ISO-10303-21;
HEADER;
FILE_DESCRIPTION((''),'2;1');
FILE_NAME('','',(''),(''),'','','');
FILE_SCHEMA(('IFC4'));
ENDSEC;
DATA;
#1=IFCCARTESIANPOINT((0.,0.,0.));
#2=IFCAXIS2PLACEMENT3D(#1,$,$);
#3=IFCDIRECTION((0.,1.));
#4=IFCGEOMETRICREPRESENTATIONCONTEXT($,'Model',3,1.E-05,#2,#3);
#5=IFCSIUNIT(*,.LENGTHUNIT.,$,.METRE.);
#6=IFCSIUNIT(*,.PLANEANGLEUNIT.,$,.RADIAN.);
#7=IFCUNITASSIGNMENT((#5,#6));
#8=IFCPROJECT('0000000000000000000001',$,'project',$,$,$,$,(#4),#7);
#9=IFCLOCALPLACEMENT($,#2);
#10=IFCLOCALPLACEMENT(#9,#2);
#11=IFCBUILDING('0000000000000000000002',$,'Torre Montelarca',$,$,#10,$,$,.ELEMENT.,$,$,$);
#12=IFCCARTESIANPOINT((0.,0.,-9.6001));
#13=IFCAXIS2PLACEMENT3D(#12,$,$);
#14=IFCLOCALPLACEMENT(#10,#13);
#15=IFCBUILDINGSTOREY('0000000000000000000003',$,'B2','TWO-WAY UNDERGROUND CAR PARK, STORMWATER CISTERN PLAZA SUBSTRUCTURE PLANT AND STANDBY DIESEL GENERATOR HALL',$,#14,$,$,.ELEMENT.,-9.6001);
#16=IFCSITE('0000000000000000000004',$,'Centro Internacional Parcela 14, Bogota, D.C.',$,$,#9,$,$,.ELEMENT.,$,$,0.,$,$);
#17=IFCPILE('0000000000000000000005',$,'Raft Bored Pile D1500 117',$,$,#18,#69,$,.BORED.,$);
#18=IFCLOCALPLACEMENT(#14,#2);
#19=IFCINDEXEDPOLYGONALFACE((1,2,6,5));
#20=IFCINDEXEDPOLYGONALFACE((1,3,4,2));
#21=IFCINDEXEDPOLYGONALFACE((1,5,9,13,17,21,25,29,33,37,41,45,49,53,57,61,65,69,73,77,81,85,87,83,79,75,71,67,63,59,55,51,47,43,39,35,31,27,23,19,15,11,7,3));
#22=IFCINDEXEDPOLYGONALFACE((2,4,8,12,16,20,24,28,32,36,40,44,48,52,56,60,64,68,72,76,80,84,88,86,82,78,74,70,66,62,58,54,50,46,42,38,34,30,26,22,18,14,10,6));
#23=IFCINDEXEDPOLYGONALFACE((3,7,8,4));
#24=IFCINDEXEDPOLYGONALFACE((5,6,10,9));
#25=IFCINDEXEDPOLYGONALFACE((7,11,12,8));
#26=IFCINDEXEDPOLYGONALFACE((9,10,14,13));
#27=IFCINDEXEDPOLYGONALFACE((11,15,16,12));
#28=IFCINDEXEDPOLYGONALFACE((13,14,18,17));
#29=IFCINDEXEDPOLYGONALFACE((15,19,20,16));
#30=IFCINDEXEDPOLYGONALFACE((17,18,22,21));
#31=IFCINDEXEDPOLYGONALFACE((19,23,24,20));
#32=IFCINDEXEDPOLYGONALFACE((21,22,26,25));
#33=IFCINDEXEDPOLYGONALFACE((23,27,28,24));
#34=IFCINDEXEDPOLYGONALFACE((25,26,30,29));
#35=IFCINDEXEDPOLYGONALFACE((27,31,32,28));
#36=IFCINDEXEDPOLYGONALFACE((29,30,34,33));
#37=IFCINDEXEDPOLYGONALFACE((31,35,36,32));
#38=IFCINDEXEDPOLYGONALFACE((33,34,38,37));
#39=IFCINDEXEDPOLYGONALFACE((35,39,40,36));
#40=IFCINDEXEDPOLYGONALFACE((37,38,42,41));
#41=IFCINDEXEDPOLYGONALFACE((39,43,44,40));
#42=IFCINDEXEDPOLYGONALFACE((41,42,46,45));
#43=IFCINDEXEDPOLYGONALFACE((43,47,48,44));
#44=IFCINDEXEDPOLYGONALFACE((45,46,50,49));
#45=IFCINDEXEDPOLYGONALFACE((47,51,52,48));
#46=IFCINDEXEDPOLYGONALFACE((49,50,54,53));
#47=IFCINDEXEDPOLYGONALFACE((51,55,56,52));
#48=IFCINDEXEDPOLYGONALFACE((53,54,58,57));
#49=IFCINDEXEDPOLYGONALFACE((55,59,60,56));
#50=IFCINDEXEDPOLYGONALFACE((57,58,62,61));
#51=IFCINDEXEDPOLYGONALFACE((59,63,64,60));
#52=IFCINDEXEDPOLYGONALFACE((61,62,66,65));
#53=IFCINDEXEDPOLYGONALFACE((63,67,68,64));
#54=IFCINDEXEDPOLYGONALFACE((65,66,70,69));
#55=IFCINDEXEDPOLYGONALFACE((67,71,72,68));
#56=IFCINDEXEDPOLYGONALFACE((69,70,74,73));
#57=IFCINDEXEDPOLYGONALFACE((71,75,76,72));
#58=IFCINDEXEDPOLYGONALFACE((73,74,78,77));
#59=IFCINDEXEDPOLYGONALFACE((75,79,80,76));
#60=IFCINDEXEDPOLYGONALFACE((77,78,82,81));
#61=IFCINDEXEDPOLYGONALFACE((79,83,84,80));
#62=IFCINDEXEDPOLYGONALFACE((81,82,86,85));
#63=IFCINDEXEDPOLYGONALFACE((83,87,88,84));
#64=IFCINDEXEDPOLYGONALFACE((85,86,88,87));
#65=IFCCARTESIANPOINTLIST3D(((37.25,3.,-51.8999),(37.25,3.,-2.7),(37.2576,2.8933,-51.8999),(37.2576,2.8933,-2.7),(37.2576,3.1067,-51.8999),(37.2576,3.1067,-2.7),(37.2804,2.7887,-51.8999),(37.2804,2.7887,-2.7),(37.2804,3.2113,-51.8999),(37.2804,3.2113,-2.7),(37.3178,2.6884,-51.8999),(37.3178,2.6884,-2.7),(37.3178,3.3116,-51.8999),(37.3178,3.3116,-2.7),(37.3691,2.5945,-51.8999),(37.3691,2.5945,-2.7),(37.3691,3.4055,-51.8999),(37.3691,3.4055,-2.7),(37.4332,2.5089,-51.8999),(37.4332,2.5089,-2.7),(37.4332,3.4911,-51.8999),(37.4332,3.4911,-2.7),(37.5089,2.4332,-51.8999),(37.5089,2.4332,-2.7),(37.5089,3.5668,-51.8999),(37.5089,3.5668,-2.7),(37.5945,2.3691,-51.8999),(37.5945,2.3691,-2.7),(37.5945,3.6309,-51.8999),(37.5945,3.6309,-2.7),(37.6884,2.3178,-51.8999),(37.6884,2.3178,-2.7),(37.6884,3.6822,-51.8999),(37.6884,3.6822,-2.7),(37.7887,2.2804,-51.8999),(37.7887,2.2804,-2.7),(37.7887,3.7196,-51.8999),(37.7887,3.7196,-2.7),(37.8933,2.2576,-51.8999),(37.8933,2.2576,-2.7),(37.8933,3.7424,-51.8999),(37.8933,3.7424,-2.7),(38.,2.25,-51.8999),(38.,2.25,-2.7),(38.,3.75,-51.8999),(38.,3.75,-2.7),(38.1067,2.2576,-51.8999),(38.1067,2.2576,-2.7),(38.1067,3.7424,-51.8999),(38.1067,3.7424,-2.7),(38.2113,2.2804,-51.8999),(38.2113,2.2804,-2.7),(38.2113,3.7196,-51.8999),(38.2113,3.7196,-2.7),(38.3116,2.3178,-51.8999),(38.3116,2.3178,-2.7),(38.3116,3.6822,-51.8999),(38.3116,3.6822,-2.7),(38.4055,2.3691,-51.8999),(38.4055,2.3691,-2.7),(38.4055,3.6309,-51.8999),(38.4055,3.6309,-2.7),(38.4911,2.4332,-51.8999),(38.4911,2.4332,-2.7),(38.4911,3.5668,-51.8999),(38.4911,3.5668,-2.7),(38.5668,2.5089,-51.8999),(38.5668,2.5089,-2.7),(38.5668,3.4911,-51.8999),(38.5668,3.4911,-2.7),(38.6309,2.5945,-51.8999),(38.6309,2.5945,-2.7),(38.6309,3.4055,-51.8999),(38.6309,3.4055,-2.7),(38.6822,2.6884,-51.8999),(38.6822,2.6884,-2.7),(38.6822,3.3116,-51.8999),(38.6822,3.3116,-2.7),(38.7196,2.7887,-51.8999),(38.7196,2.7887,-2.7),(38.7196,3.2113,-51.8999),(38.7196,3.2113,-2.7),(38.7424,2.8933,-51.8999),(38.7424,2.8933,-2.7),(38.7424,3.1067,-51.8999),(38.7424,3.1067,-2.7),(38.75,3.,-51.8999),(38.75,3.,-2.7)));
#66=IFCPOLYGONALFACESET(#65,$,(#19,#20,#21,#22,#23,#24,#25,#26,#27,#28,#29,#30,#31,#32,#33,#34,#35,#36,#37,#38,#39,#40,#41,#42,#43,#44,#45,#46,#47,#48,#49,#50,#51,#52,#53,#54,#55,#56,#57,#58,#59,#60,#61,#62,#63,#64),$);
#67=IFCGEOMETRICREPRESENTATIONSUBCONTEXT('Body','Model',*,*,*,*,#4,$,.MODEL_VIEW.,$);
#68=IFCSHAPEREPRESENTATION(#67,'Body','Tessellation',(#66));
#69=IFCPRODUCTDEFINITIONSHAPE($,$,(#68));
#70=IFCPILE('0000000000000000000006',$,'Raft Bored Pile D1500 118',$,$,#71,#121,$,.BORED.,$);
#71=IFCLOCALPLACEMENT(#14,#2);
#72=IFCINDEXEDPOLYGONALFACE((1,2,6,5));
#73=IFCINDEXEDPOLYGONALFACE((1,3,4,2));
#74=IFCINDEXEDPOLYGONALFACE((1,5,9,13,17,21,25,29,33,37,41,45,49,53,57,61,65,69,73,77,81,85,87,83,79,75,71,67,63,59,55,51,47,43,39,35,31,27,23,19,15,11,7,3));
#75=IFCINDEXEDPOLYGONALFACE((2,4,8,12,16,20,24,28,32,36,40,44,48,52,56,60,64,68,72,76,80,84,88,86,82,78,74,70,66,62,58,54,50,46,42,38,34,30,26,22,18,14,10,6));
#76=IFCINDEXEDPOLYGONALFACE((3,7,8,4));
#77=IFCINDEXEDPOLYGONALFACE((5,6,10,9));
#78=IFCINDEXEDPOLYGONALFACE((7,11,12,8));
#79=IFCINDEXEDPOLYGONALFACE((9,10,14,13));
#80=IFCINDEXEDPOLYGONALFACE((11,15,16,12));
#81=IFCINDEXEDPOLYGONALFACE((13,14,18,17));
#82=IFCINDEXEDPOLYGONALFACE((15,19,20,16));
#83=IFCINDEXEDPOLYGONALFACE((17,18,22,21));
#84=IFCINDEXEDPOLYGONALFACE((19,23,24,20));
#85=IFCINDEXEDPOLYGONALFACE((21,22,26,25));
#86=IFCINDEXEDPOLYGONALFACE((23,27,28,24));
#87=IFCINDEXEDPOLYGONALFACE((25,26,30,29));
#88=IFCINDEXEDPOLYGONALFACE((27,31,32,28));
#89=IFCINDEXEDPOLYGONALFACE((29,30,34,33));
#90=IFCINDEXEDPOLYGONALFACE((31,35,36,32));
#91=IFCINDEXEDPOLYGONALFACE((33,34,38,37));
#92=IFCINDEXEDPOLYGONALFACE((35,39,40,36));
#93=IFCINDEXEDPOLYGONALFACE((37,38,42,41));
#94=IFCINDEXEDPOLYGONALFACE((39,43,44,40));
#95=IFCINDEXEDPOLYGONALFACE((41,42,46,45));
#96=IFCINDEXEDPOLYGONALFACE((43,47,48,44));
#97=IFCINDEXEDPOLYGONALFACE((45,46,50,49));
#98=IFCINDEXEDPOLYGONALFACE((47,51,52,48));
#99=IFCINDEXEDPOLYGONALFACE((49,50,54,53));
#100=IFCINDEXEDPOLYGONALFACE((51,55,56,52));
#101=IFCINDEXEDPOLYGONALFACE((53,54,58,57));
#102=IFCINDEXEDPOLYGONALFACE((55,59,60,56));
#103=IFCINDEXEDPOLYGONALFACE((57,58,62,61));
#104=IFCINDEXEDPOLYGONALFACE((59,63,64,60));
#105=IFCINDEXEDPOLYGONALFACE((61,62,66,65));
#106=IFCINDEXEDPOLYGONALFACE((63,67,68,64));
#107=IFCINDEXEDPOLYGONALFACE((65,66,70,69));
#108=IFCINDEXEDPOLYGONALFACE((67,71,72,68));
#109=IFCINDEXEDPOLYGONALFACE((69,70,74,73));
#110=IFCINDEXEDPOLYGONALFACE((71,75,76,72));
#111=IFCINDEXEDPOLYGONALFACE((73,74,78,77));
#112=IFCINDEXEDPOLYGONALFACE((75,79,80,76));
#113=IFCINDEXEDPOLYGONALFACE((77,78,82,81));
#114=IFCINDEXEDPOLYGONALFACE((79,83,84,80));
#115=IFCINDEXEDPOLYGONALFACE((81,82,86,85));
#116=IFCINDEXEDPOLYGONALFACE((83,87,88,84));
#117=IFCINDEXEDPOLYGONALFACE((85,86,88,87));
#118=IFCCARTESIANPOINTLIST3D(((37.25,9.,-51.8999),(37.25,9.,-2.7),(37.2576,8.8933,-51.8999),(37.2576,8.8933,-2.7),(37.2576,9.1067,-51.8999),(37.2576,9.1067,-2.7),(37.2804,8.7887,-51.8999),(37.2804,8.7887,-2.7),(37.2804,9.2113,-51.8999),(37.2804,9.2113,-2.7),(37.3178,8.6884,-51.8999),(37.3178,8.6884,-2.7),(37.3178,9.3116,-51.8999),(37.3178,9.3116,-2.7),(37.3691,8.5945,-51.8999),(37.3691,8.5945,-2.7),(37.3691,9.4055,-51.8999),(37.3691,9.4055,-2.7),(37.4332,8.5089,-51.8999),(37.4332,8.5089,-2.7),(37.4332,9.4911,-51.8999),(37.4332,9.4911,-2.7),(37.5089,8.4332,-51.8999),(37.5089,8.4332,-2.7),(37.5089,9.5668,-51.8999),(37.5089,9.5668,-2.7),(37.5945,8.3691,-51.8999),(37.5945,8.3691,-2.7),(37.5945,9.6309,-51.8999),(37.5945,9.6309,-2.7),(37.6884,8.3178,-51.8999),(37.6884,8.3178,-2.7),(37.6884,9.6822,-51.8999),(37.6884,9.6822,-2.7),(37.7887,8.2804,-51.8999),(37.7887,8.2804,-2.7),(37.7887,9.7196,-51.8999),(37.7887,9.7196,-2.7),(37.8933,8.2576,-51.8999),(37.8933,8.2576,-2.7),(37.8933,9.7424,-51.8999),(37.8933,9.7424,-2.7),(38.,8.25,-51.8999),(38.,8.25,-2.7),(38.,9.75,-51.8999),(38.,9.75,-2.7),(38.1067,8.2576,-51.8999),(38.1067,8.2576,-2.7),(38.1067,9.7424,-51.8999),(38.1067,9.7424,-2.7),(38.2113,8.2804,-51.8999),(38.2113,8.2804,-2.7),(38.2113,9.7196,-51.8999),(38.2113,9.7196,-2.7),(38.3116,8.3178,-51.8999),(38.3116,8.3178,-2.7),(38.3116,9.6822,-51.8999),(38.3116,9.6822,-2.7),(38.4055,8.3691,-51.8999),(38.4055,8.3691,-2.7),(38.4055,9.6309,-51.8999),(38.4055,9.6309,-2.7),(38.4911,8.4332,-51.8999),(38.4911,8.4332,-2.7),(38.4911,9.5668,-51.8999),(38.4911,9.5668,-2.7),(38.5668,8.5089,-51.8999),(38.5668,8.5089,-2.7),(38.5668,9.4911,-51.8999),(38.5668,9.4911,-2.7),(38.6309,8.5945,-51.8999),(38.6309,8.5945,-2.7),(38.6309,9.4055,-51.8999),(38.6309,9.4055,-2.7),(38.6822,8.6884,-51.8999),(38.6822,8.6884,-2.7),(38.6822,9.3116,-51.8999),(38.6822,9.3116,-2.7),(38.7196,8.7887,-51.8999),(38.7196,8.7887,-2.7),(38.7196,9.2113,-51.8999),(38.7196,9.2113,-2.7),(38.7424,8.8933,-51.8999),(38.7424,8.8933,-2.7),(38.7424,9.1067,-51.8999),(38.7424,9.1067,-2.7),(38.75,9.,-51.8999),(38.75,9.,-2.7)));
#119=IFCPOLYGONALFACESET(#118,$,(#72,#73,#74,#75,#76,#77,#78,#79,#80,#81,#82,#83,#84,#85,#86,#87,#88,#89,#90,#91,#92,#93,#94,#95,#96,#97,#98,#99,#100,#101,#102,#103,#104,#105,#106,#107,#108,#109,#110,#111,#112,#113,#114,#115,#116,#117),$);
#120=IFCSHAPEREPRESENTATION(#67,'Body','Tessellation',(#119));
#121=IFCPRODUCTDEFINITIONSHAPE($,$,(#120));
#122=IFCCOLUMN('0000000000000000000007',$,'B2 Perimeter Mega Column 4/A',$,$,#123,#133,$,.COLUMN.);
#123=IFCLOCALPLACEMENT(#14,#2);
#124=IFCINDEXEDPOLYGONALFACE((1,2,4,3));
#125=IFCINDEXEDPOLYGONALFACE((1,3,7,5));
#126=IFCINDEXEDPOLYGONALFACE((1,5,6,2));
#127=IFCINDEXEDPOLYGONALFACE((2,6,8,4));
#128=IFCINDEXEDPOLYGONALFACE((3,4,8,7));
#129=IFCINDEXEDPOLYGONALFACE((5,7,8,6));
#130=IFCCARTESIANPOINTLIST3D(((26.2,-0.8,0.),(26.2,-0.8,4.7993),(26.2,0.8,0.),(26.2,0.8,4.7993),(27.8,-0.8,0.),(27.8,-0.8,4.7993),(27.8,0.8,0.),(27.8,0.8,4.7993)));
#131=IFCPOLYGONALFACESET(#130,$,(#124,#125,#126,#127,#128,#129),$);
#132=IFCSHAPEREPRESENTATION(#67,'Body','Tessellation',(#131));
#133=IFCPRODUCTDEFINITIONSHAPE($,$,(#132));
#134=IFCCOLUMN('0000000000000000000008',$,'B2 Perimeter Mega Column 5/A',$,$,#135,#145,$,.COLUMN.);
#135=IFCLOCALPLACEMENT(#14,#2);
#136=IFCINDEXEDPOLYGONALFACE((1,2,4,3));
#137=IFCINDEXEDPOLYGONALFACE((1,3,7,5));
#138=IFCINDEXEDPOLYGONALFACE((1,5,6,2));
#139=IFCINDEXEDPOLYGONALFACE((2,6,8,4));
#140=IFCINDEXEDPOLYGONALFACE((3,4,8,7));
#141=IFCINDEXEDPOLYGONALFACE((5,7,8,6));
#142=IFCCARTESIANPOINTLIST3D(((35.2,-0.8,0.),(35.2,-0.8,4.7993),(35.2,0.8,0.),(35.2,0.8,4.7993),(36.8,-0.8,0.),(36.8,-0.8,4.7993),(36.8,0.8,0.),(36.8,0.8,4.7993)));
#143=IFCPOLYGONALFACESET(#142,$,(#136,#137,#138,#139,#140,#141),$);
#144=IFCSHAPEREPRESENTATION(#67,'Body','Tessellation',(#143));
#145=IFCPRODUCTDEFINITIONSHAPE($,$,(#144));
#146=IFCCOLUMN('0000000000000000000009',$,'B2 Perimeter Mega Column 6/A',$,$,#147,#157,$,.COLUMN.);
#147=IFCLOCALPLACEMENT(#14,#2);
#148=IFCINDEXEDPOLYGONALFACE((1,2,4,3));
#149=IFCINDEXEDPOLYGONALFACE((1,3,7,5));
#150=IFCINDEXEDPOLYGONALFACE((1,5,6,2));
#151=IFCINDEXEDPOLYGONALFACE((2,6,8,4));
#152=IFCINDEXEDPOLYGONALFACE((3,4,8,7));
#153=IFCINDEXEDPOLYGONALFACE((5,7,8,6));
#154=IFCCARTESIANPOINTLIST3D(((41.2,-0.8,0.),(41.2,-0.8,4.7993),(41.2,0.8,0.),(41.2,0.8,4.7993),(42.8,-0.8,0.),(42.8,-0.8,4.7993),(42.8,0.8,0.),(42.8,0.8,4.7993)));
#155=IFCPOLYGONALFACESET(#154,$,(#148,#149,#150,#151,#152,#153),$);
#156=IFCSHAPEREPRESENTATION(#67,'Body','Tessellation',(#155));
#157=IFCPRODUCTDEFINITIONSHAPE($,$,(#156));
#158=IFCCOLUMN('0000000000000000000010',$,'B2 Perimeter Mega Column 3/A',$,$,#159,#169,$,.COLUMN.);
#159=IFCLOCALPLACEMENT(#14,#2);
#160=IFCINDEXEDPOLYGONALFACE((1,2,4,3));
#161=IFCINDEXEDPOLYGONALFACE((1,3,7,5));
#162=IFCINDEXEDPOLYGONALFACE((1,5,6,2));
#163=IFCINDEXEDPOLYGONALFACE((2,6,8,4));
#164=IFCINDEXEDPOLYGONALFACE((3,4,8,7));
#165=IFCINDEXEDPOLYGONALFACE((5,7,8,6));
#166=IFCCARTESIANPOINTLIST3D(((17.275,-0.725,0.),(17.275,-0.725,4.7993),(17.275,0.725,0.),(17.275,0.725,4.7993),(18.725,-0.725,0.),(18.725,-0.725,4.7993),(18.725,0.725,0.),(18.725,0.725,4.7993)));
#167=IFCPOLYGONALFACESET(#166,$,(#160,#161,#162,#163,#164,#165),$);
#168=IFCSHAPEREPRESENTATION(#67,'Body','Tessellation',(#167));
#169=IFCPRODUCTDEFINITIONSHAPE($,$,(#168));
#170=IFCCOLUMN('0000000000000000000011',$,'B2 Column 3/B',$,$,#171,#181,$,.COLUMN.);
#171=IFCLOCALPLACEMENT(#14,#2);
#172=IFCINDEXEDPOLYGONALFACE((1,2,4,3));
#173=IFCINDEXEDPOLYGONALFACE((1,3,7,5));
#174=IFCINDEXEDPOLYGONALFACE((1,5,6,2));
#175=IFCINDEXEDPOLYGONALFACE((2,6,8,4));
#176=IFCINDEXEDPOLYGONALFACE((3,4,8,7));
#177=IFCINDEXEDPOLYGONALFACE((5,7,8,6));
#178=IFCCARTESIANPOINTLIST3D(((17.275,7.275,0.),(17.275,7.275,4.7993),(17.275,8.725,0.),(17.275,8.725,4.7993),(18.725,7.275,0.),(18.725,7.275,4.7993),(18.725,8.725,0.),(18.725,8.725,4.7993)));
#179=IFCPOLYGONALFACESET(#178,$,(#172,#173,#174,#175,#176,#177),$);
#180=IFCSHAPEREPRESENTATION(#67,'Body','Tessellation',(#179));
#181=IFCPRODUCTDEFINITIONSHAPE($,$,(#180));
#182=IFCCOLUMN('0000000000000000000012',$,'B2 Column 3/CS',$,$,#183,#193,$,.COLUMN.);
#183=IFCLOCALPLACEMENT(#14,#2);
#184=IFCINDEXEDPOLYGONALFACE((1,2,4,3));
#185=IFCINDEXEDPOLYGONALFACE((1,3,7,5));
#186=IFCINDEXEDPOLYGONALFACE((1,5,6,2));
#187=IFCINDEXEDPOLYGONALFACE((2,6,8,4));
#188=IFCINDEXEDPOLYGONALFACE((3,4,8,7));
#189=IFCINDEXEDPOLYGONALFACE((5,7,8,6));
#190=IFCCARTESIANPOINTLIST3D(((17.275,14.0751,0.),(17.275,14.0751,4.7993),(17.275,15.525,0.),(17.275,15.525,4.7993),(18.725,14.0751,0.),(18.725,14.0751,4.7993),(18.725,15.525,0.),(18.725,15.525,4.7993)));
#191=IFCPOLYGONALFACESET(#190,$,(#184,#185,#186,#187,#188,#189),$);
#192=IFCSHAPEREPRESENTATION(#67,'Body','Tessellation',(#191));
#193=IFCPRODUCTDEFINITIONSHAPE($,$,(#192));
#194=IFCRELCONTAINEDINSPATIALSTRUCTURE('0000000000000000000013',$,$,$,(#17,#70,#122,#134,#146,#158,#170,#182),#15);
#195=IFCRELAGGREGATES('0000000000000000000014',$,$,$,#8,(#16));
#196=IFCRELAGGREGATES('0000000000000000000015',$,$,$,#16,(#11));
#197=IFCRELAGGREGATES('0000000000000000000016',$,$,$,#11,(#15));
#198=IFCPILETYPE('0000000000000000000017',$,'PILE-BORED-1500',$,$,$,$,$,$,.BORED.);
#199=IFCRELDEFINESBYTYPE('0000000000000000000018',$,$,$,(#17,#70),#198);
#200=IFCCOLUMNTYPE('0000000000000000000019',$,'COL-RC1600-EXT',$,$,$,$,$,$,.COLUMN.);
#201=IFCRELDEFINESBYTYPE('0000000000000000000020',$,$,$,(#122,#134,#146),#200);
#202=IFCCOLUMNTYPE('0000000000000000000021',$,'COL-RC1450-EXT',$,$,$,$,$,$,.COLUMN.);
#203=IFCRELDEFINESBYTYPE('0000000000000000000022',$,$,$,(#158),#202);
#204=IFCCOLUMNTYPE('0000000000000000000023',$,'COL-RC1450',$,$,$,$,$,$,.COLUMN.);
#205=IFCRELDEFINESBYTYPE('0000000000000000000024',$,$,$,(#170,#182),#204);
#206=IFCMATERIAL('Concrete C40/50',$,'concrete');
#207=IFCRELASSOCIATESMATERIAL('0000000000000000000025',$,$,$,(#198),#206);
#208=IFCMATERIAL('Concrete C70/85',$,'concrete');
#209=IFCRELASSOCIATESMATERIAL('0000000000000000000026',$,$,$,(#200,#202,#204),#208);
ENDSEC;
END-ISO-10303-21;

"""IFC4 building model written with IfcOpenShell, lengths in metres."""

from ifc_helpers import new_model, si_unit, direction, frame, origin, origin_2d, place, context, subcontext, project, spatial, rectangle, circle, extrude, source, transform, mapped, material, material_profile, profile_set, type_object, element, save


model = new_model("IFC4")

# Units and contexts
model_context = context("Model", 3, precision=1e-05, world=origin(), true_north=direction((0.0, 1.0)))
body_context = subcontext(model_context, "Body", "Model", "MODEL_VIEW")
ifc_project = project(units=[si_unit("LENGTHUNIT", "METRE"), si_unit("PLANEANGLEUNIT", "RADIAN")], contexts=[model_context])

# Site, building, storey
site_placement = place(None, origin())
site = spatial("IfcSite", under=ifc_project, at=site_placement, Name="Centro Internacional Parcela 14, Bogota, D.C.", CompositionType="ELEMENT", RefElevation=0.0)
building_placement = place(site_placement, origin())
building = spatial("IfcBuilding", under=site, at=building_placement, Name="Torre Montelarca", CompositionType="ELEMENT")
storey_placement = place(building_placement, frame((0.0, 0.0, -9.6001)))
storey = spatial("IfcBuildingStorey", under=building, at=storey_placement, Name="B2", Description="TWO-WAY UNDERGROUND CAR PARK, STORMWATER CISTERN PLAZA SUBSTRUCTURE PLANT AND STANDBY DIESEL GENERATOR HALL", CompositionType="ELEMENT", Elevation=-9.6001)

# Piles
ifc_material_1 = material(Name="Concrete C40/50", Category="concrete")
ifc_material_profile_1 = material_profile(ifc_material_1, circle(Radius=0.75, at=origin_2d()), Name="PILE-D1500", Category="concrete")
ifc_profile_set_1 = profile_set([ifc_material_profile_1], Name="Concrete C40/50")
pile_type = type_object("IfcPileType", Name="PILE-BORED-1500", PredefinedType="BORED", material=ifc_profile_set_1)
shared_shape_1 = source(origin(), body_context, "Body", "SweptSolid", [
    extrude(circle(Radius=0.75, at=origin_2d()), origin(), (0.0, 0.0, 1.0), 49.2),
])
for number, where, z_axis, x_axis, name in (
    (1, (38.0, 3.0, -2.7), (0.0, 0.0, -1.0), (1.0, 0.0, 0.0), "Raft Bored Pile D1500 117"),
    (2, (38.0, 9.0, -2.7), (0.0, 0.0, -1.0), (1.0, 0.0, 0.0), "Raft Bored Pile D1500 118"),
):
    element("IfcPile", number, at=place(storey_placement, frame(where, z_axis=z_axis, x_axis=x_axis)), inside=storey, type_object=pile_type, Name=name, PredefinedType="BORED", context=body_context, shape_type="MappedRepresentation", body=[
        mapped(shared_shape_1, transform((0.0, 0.0, 0.0), scale=1.0)),
    ])

# Columns
ifc_material_2 = material(Name="Concrete C70/85", Category="concrete")
ifc_material_profile_2 = material_profile(ifc_material_2, rectangle(XDim=1.6001, YDim=1.6001, at=origin_2d()), Name="RC1600X1600", Category="concrete")
ifc_profile_set_2 = profile_set([ifc_material_profile_2], Name="Concrete C70/85")
column_type_1 = type_object("IfcColumnType", Name="COL-RC1600-EXT", PredefinedType="COLUMN", material=ifc_profile_set_2)
shared_shape_2 = source(origin(), body_context, "Body", "SweptSolid", [
    extrude(rectangle(XDim=1.6001, YDim=1.6001, at=origin_2d()), origin(), (0.0, 0.0, 1.0), 4.7993),
])
for number, where, z_axis, x_axis, name in (
    (3, (27.0, 0.0, 0.0), (0.0, 0.0, 1.0), (1.0, 0.0, 0.0), "B2 Perimeter Mega Column 4/A"),
    (4, (36.0, 0.0, 0.0), (0.0, 0.0, 1.0), (1.0, 0.0, 0.0), "B2 Perimeter Mega Column 5/A"),
    (5, (42.0, 0.0, 0.0), (0.0, 0.0, 1.0), (1.0, 0.0, 0.0), "B2 Perimeter Mega Column 6/A"),
):
    element("IfcColumn", number, at=place(storey_placement, frame(where, z_axis=z_axis, x_axis=x_axis)), inside=storey, type_object=column_type_1, Name=name, PredefinedType="COLUMN", context=body_context, shape_type="MappedRepresentation", body=[
        mapped(shared_shape_2, transform((0.0, 0.0, 0.0), scale=1.0)),
    ])
ifc_material_profile_3 = material_profile(ifc_material_2, rectangle(XDim=1.45, YDim=1.45, at=origin_2d()), Name="RC1450X1450", Category="concrete")
ifc_profile_set_3 = profile_set([ifc_material_profile_3], Name="Concrete C70/85")
column_type_2 = type_object("IfcColumnType", Name="COL-RC1450-EXT", PredefinedType="COLUMN", material=ifc_profile_set_3)
shared_shape_3 = source(origin(), body_context, "Body", "SweptSolid", [
    extrude(rectangle(XDim=1.45, YDim=1.45, at=origin_2d()), origin(), (0.0, 0.0, 1.0), 4.7993),
])
column_placement = place(storey_placement, frame((18.0, 0.0, 0.0), z_axis=(0.0, 0.0, 1.0), x_axis=(1.0, 0.0, 0.0)))
element("IfcColumn", 6, at=column_placement, inside=storey, type_object=column_type_2, Name="B2 Perimeter Mega Column 3/A", PredefinedType="COLUMN", context=body_context, shape_type="MappedRepresentation", body=[
    mapped(shared_shape_3, transform((0.0, 0.0, 0.0), scale=1.0)),
])
ifc_material_profile_4 = material_profile(ifc_material_2, rectangle(XDim=1.45, YDim=1.45, at=origin_2d()), Name="RC1450X1450", Category="concrete")
ifc_profile_set_4 = profile_set([ifc_material_profile_4], Name="Concrete C70/85")
column_type_3 = type_object("IfcColumnType", Name="COL-RC1450", PredefinedType="COLUMN", material=ifc_profile_set_4)
shared_shape_4 = source(origin(), body_context, "Body", "SweptSolid", [
    extrude(rectangle(XDim=1.45, YDim=1.45, at=origin_2d()), origin(), (0.0, 0.0, 1.0), 4.7993),
])
for number, where, z_axis, x_axis, name in (
    (7, (18.0, 8.0, 0.0), (0.0, 0.0, 1.0), (1.0, 0.0, 0.0), "B2 Column 3/B"),
    (8, (18.0, 14.8, 0.0), (0.0, 0.0, 1.0), (1.0, 0.0, 0.0), "B2 Column 3/CS"),
):
    element("IfcColumn", number, at=place(storey_placement, frame(where, z_axis=z_axis, x_axis=x_axis)), inside=storey, type_object=column_type_3, Name=name, PredefinedType="COLUMN", context=body_context, shape_type="MappedRepresentation", body=[
        mapped(shared_shape_4, transform((0.0, 0.0, 0.0), scale=1.0)),
    ])

save(model, "model.ifc")
